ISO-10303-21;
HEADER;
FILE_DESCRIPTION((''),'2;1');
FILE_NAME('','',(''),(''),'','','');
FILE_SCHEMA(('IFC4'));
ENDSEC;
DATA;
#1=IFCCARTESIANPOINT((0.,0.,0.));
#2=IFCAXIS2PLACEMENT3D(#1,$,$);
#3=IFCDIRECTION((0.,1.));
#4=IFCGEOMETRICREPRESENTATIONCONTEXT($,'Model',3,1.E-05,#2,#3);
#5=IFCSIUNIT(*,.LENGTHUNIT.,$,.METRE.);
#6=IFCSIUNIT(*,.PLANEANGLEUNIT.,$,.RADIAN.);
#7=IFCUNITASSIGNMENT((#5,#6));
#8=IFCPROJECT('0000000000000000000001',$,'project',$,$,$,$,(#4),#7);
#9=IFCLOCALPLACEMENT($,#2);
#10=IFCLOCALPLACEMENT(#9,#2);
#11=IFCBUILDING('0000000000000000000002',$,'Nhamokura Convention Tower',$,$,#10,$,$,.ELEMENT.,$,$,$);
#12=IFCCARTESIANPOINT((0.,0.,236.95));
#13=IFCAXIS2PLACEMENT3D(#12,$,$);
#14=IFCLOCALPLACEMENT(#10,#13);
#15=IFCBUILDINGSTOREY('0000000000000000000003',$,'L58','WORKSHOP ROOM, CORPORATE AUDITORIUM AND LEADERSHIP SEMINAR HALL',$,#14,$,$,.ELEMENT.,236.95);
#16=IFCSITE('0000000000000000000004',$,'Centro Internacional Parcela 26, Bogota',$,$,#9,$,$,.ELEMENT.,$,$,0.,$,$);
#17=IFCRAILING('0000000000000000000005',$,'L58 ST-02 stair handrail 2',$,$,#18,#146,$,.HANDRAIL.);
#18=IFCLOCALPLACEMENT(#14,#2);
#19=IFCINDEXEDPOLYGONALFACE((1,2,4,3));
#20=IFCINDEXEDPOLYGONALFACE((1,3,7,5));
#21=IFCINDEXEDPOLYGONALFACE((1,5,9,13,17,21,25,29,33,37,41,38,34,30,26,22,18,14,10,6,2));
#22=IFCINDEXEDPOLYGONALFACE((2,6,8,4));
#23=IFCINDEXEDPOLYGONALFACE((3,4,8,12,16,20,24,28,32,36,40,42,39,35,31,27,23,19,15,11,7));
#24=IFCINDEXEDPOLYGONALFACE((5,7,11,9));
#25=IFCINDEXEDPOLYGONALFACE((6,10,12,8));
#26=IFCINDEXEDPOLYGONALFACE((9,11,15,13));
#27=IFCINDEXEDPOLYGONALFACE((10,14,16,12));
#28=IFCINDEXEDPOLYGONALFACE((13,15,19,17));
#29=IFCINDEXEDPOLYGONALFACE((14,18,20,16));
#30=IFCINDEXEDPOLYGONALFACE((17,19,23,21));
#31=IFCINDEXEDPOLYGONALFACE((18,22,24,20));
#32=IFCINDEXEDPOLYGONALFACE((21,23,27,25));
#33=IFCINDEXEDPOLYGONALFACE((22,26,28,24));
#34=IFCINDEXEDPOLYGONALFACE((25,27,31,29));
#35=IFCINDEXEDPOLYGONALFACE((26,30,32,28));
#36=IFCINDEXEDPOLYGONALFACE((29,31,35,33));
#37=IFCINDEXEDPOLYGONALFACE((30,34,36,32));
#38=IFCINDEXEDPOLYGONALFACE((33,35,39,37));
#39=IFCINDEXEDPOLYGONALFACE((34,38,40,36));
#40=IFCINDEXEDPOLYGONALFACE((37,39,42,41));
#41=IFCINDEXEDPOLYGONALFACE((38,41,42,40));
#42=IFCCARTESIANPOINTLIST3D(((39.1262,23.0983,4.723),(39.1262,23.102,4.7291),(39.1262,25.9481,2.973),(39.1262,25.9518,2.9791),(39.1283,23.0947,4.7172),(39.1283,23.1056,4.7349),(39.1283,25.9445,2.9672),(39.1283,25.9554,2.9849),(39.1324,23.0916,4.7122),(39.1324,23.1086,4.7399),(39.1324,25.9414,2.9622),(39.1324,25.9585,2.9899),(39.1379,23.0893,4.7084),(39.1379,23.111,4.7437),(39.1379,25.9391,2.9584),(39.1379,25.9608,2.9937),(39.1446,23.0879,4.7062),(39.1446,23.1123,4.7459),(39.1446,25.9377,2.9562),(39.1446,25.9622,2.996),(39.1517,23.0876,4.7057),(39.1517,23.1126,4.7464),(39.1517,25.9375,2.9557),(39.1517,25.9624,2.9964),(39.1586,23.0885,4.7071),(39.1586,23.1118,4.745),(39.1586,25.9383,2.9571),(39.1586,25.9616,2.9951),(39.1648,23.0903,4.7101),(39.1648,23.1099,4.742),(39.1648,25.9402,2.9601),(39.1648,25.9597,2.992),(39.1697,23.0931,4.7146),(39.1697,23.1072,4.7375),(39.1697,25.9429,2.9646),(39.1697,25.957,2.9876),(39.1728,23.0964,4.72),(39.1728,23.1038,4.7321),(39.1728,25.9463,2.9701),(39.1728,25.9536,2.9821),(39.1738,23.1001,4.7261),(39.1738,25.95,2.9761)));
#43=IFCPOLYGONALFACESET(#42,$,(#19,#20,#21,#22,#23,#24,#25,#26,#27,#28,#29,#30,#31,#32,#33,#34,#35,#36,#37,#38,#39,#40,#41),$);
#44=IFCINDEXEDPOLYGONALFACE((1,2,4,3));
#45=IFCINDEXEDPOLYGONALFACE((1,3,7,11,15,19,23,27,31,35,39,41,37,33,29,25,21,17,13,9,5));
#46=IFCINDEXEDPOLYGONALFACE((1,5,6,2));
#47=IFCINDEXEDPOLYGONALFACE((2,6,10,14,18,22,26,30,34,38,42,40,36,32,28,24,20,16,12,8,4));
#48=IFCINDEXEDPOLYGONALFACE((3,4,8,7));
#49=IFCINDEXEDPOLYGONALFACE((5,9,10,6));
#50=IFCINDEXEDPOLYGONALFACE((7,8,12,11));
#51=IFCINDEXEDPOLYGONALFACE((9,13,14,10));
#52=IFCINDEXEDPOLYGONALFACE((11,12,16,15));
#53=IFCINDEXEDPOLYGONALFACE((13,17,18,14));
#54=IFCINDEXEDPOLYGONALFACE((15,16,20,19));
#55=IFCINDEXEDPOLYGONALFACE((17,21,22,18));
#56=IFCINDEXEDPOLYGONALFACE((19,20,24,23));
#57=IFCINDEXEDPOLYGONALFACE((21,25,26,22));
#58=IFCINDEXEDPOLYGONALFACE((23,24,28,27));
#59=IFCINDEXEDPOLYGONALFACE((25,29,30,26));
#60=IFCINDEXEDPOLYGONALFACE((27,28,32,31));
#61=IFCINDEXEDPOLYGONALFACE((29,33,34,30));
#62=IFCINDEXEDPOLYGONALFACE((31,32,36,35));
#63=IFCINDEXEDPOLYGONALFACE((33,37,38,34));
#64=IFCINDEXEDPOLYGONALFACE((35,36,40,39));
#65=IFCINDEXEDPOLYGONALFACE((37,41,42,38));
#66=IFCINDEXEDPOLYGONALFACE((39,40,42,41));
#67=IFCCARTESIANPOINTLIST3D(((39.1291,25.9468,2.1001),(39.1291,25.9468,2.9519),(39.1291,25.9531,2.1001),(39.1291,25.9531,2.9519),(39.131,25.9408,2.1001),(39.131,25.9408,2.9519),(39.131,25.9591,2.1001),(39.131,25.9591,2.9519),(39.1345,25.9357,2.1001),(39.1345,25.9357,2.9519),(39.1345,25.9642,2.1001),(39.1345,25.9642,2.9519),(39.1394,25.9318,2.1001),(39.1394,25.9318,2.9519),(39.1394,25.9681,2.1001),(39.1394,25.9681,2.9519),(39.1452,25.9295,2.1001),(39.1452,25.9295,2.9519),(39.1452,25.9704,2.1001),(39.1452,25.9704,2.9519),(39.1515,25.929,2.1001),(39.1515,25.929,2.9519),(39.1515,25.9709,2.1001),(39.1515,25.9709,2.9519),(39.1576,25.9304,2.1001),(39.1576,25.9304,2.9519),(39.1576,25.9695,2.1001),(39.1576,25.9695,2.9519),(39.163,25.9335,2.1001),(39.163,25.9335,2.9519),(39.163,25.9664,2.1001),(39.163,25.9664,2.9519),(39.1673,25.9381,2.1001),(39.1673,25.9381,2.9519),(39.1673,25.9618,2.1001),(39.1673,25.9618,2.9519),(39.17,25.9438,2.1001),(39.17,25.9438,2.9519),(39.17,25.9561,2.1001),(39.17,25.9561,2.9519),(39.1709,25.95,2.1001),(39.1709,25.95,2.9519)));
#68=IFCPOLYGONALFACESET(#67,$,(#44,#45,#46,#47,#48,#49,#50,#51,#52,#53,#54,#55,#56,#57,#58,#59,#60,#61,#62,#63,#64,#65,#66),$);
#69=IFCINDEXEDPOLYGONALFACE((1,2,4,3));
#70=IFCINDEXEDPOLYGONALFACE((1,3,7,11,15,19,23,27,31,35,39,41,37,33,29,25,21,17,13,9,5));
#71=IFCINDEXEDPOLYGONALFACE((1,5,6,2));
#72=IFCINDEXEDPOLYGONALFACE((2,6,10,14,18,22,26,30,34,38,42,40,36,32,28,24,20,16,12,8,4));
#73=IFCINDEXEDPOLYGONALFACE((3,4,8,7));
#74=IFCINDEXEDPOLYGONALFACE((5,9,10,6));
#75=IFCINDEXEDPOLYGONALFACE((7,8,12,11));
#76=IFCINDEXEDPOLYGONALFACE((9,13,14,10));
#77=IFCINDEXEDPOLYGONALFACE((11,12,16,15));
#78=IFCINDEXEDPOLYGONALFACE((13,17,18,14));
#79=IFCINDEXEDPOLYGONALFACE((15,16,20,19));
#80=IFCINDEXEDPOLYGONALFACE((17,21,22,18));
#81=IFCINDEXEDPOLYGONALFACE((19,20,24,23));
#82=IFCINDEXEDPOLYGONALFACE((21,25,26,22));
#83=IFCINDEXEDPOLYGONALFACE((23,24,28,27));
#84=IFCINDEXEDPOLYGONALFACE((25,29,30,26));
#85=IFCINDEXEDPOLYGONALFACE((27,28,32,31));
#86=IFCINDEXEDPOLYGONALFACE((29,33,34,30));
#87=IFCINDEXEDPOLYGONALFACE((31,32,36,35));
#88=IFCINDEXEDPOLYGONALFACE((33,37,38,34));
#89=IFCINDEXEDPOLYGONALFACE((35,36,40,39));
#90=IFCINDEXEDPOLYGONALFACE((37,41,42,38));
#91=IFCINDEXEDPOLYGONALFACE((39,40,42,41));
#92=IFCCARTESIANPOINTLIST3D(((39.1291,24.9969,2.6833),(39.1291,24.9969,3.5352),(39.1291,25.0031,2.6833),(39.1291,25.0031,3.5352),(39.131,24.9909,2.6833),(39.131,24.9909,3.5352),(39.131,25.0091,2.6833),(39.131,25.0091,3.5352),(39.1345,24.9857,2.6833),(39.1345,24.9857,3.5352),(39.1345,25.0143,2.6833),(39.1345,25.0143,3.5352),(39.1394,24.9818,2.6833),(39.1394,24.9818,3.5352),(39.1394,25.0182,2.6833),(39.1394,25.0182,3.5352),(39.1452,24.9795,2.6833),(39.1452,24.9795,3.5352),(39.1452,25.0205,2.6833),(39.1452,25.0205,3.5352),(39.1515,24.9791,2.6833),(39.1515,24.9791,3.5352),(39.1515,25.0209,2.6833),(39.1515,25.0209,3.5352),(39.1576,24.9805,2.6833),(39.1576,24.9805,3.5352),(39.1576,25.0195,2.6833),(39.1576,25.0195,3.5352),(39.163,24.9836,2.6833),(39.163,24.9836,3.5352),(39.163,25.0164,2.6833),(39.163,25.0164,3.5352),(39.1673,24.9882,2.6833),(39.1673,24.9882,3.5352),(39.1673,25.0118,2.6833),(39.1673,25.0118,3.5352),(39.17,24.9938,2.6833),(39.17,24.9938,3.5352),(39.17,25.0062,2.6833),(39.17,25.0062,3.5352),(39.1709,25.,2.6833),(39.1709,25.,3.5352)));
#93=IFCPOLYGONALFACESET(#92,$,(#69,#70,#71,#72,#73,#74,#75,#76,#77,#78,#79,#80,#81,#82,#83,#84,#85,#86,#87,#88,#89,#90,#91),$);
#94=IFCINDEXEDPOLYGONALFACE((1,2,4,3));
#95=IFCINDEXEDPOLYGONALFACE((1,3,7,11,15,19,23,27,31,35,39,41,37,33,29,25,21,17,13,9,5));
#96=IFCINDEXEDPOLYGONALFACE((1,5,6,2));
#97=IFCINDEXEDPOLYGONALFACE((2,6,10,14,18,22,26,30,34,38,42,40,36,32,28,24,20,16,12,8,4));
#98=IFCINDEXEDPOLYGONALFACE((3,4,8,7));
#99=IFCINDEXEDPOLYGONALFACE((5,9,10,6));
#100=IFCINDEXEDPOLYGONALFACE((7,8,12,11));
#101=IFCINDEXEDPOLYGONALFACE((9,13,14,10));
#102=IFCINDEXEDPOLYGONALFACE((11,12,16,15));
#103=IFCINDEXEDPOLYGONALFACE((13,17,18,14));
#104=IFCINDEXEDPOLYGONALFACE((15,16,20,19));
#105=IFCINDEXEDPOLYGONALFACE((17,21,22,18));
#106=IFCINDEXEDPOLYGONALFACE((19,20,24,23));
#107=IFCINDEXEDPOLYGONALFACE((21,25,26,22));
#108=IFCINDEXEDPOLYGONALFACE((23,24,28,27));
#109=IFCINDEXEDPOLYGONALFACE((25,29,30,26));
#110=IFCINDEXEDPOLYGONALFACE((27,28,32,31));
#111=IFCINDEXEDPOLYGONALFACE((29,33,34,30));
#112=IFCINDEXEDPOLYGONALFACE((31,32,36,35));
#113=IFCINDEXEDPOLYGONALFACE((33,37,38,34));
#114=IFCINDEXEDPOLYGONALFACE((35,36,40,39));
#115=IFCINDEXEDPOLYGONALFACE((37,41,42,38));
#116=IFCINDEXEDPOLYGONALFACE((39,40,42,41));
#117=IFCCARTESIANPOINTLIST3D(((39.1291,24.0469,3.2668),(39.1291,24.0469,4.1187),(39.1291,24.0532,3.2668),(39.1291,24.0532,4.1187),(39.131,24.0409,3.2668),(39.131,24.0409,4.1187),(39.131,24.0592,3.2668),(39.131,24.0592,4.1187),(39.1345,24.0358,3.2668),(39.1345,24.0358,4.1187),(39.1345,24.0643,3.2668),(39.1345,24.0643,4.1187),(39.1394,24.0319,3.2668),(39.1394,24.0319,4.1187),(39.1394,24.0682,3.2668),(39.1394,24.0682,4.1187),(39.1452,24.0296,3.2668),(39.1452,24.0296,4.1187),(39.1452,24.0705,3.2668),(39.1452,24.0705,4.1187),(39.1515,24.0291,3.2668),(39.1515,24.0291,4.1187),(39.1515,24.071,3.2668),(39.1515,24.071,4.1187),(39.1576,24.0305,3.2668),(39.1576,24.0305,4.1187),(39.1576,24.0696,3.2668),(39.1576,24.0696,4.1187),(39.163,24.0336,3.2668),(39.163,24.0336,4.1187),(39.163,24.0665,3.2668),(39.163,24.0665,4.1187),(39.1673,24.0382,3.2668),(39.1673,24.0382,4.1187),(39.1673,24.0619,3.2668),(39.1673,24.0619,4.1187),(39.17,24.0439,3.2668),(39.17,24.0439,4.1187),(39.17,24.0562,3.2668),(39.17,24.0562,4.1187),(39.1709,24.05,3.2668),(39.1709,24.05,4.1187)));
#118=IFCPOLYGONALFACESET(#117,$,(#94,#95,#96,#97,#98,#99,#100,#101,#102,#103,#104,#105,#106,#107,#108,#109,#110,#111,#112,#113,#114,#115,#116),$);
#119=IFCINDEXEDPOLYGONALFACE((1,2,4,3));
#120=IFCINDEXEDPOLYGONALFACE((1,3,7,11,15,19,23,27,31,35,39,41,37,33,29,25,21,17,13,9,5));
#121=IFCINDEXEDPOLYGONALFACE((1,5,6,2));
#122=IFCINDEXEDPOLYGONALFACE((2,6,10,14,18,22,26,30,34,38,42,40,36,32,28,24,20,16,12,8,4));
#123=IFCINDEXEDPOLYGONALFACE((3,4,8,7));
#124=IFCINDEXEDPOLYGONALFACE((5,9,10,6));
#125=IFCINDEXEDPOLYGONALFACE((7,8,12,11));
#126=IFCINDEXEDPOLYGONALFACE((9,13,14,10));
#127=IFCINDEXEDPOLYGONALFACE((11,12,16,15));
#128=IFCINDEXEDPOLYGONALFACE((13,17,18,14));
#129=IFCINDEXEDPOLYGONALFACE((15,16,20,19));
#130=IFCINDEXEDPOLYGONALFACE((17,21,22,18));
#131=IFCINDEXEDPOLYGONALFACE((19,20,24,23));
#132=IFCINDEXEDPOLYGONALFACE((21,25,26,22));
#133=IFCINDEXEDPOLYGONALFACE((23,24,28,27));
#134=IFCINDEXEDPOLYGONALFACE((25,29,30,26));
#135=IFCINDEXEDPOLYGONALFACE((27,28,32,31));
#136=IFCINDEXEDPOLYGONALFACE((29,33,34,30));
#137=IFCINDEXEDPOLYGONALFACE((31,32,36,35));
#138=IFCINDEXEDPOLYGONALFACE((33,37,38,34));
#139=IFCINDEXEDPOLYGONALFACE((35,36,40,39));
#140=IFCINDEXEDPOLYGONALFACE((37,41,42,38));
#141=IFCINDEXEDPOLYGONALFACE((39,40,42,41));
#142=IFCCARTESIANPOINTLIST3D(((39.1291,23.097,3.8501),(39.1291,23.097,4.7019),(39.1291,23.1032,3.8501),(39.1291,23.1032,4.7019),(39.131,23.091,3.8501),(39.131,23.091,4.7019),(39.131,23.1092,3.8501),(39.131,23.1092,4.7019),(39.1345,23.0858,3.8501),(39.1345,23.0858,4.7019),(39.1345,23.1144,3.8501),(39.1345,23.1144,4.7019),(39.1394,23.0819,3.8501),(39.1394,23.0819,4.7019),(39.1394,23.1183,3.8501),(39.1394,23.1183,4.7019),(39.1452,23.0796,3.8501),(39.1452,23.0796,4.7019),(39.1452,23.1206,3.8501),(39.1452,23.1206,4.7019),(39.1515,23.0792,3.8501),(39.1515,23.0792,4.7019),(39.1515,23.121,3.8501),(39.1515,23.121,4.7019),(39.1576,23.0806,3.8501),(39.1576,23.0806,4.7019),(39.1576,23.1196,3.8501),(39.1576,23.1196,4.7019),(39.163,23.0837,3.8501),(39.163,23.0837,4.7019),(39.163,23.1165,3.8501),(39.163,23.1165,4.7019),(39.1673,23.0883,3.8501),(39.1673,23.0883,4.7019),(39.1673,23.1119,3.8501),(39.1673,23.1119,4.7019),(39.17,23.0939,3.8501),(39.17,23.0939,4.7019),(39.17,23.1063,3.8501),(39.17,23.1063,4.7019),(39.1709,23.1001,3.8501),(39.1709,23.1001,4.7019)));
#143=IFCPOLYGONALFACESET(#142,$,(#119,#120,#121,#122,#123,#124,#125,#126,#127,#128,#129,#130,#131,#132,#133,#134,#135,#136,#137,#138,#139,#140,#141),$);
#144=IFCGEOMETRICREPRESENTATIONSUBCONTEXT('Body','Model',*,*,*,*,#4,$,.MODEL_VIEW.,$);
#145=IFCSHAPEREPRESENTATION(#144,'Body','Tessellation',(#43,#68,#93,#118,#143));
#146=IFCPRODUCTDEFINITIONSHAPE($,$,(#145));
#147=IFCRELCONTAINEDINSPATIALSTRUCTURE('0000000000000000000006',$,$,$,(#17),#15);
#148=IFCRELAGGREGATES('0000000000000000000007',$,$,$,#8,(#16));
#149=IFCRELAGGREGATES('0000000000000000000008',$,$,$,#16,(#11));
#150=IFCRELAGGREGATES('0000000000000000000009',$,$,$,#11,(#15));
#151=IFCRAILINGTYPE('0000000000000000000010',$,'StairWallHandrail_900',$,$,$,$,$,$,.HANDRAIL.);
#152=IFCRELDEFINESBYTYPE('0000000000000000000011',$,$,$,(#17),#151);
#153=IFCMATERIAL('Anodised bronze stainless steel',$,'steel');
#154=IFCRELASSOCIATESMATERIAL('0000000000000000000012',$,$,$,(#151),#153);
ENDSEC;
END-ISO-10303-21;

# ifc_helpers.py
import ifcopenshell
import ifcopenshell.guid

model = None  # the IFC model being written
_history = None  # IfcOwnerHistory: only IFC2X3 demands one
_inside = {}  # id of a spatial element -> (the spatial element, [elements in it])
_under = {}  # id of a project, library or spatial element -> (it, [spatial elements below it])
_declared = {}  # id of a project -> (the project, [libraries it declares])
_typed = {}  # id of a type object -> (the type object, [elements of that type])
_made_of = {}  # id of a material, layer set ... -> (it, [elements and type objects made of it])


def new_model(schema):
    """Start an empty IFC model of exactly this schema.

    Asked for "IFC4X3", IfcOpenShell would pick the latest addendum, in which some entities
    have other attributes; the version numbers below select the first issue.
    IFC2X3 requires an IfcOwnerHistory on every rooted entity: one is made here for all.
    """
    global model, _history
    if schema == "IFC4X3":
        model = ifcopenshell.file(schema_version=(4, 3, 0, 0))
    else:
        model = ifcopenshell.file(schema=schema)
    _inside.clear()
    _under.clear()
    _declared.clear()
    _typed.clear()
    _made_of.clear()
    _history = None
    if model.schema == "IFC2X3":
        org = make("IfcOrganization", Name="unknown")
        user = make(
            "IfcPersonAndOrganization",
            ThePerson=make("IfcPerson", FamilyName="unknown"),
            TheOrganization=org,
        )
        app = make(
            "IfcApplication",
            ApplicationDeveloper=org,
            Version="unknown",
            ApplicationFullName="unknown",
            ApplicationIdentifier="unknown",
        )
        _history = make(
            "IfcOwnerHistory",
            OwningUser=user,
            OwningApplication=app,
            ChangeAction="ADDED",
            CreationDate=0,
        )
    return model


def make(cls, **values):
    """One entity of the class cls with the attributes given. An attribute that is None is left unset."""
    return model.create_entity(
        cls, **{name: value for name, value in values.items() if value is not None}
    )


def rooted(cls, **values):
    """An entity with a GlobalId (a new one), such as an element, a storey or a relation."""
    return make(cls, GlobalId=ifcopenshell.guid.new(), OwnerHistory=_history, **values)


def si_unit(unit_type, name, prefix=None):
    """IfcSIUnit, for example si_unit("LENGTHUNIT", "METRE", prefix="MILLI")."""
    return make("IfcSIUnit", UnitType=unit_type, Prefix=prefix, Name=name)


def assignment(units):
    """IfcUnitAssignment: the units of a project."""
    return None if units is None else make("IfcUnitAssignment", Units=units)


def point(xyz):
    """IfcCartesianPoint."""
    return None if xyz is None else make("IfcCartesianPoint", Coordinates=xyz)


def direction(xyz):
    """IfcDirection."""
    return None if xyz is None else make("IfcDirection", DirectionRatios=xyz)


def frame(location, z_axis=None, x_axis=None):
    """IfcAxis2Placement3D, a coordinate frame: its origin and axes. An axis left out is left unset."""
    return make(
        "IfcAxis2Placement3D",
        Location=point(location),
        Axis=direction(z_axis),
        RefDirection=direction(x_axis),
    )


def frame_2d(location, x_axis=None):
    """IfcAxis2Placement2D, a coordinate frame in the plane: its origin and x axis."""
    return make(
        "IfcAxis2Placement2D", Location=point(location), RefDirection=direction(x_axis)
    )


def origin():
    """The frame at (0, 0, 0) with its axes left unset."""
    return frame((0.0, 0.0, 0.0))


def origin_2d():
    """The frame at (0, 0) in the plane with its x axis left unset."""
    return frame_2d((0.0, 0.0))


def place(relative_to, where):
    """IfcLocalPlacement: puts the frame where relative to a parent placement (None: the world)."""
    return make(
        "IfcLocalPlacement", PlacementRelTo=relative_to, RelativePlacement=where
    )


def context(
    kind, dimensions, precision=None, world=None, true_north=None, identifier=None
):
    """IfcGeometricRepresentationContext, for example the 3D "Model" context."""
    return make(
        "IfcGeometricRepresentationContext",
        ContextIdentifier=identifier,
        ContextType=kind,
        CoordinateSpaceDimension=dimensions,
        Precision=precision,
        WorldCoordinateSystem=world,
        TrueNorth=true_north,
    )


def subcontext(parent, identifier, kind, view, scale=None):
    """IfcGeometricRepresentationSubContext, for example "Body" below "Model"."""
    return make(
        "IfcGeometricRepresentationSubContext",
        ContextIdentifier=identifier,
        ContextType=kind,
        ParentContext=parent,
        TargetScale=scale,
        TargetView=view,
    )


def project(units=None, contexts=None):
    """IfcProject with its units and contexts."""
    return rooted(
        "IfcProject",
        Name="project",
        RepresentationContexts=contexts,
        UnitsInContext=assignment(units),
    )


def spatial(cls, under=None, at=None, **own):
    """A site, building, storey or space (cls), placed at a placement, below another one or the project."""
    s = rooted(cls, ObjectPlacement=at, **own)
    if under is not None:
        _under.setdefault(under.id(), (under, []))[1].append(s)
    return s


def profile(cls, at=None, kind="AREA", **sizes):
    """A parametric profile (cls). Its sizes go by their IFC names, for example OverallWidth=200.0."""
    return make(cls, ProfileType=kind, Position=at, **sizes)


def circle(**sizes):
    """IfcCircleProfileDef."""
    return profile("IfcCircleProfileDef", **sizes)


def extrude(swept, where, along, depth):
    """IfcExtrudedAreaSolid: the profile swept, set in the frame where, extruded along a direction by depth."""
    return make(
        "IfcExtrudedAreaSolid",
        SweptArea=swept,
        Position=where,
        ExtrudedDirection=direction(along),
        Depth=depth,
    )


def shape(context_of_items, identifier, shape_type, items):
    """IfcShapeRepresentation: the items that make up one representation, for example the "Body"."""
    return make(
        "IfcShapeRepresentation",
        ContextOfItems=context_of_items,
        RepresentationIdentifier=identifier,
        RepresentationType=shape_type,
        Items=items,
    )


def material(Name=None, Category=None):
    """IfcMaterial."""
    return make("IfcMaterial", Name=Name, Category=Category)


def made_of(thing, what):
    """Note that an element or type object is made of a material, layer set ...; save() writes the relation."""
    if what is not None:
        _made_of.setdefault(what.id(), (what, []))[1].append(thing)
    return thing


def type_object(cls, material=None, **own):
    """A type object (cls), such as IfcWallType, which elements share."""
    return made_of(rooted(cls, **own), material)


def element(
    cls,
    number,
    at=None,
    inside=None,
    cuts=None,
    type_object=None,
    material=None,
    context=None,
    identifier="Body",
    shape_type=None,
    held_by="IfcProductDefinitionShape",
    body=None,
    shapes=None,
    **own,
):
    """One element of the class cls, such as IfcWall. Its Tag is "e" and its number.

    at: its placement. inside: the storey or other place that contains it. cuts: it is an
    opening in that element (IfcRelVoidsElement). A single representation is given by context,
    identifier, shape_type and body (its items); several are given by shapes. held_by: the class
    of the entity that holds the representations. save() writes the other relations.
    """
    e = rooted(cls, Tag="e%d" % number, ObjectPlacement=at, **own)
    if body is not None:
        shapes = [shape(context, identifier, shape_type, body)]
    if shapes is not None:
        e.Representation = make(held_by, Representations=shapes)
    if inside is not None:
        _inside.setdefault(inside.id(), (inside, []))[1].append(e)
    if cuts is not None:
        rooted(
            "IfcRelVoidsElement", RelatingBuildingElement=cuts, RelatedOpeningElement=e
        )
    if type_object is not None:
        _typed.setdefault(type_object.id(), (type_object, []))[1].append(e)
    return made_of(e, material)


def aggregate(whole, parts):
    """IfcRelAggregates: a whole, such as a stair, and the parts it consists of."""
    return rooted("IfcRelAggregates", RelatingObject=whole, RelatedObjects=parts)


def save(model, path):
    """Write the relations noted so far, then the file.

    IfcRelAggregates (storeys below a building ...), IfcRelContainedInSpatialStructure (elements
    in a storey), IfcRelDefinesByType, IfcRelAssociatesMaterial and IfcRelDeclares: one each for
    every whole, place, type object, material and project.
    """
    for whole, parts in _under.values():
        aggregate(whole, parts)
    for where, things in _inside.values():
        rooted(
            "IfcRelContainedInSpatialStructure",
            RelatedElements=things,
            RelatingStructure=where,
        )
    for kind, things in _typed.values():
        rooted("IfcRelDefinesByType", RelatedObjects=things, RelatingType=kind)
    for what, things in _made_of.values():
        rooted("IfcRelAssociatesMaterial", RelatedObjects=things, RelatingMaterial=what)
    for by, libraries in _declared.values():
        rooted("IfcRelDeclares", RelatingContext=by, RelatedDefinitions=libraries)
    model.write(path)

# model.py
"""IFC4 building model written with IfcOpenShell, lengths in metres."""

from ifc_helpers import new_model, si_unit, direction, frame, origin, origin_2d, place, context, subcontext, project, spatial, circle, extrude, material, type_object, element, save


model = new_model("IFC4")

# Units and contexts
model_context = context("Model", 3, precision=1e-05, world=origin(), true_north=direction((0.0, 1.0)))
body_context = subcontext(model_context, "Body", "Model", "MODEL_VIEW")
ifc_project = project(units=[si_unit("LENGTHUNIT", "METRE"), si_unit("PLANEANGLEUNIT", "RADIAN")], contexts=[model_context])

# Site, building, storey
site_placement = place(None, origin())
site = spatial("IfcSite", under=ifc_project, at=site_placement, Name="Centro Internacional Parcela 26, Bogota", CompositionType="ELEMENT", RefElevation=0.0)
building_placement = place(site_placement, origin())
building = spatial("IfcBuilding", under=site, at=building_placement, Name="Nhamokura Convention Tower", CompositionType="ELEMENT")
storey_placement = place(building_placement, frame((0.0, 0.0, 236.95)))
storey = spatial("IfcBuildingStorey", under=building, at=storey_placement, Name="L58", Description="WORKSHOP ROOM, CORPORATE AUDITORIUM AND LEADERSHIP SEMINAR HALL", CompositionType="ELEMENT", Elevation=236.95)

# Railing
ifc_material_1 = material(Name="Anodised bronze stainless steel", Category="steel")
railing_type_1 = type_object("IfcRailingType", Name="StairWallHandrail_900", PredefinedType="HANDRAIL", material=ifc_material_1)
railing_1_placement = place(storey_placement, frame((39.1499, 25.95, 2.1001)))
element("IfcRailing", 1, at=railing_1_placement, inside=storey, type_object=railing_type_1, Name="L58 ST-02 stair handrail 2", PredefinedType="HANDRAIL", context=body_context, shape_type="SweptSolid", body=[
    extrude(circle(Radius=0.0239, at=origin_2d()), frame((0.0, 0.0, 0.876), z_axis=(0.0, -0.852159, 0.523283), x_axis=(1.0, 0.0, 0.0)), (0.0, 0.0, 1.0), 3.3442),
    extrude(circle(Radius=0.021, at=origin_2d()), origin(), (0.0, 0.0, 1.0), 0.8518),
    extrude(circle(Radius=0.021, at=origin_2d()), frame((0.0, -0.95, 0.5833)), (0.0, 0.0, 1.0), 0.8518),
    extrude(circle(Radius=0.021, at=origin_2d()), frame((0.0, -1.8999, 1.1667)), (0.0, 0.0, 1.0), 0.8518),
    extrude(circle(Radius=0.021, at=origin_2d()), frame((0.0, -2.8499, 1.75)), (0.0, 0.0, 1.0), 0.8518),
])

save(model, "model.ifc")
